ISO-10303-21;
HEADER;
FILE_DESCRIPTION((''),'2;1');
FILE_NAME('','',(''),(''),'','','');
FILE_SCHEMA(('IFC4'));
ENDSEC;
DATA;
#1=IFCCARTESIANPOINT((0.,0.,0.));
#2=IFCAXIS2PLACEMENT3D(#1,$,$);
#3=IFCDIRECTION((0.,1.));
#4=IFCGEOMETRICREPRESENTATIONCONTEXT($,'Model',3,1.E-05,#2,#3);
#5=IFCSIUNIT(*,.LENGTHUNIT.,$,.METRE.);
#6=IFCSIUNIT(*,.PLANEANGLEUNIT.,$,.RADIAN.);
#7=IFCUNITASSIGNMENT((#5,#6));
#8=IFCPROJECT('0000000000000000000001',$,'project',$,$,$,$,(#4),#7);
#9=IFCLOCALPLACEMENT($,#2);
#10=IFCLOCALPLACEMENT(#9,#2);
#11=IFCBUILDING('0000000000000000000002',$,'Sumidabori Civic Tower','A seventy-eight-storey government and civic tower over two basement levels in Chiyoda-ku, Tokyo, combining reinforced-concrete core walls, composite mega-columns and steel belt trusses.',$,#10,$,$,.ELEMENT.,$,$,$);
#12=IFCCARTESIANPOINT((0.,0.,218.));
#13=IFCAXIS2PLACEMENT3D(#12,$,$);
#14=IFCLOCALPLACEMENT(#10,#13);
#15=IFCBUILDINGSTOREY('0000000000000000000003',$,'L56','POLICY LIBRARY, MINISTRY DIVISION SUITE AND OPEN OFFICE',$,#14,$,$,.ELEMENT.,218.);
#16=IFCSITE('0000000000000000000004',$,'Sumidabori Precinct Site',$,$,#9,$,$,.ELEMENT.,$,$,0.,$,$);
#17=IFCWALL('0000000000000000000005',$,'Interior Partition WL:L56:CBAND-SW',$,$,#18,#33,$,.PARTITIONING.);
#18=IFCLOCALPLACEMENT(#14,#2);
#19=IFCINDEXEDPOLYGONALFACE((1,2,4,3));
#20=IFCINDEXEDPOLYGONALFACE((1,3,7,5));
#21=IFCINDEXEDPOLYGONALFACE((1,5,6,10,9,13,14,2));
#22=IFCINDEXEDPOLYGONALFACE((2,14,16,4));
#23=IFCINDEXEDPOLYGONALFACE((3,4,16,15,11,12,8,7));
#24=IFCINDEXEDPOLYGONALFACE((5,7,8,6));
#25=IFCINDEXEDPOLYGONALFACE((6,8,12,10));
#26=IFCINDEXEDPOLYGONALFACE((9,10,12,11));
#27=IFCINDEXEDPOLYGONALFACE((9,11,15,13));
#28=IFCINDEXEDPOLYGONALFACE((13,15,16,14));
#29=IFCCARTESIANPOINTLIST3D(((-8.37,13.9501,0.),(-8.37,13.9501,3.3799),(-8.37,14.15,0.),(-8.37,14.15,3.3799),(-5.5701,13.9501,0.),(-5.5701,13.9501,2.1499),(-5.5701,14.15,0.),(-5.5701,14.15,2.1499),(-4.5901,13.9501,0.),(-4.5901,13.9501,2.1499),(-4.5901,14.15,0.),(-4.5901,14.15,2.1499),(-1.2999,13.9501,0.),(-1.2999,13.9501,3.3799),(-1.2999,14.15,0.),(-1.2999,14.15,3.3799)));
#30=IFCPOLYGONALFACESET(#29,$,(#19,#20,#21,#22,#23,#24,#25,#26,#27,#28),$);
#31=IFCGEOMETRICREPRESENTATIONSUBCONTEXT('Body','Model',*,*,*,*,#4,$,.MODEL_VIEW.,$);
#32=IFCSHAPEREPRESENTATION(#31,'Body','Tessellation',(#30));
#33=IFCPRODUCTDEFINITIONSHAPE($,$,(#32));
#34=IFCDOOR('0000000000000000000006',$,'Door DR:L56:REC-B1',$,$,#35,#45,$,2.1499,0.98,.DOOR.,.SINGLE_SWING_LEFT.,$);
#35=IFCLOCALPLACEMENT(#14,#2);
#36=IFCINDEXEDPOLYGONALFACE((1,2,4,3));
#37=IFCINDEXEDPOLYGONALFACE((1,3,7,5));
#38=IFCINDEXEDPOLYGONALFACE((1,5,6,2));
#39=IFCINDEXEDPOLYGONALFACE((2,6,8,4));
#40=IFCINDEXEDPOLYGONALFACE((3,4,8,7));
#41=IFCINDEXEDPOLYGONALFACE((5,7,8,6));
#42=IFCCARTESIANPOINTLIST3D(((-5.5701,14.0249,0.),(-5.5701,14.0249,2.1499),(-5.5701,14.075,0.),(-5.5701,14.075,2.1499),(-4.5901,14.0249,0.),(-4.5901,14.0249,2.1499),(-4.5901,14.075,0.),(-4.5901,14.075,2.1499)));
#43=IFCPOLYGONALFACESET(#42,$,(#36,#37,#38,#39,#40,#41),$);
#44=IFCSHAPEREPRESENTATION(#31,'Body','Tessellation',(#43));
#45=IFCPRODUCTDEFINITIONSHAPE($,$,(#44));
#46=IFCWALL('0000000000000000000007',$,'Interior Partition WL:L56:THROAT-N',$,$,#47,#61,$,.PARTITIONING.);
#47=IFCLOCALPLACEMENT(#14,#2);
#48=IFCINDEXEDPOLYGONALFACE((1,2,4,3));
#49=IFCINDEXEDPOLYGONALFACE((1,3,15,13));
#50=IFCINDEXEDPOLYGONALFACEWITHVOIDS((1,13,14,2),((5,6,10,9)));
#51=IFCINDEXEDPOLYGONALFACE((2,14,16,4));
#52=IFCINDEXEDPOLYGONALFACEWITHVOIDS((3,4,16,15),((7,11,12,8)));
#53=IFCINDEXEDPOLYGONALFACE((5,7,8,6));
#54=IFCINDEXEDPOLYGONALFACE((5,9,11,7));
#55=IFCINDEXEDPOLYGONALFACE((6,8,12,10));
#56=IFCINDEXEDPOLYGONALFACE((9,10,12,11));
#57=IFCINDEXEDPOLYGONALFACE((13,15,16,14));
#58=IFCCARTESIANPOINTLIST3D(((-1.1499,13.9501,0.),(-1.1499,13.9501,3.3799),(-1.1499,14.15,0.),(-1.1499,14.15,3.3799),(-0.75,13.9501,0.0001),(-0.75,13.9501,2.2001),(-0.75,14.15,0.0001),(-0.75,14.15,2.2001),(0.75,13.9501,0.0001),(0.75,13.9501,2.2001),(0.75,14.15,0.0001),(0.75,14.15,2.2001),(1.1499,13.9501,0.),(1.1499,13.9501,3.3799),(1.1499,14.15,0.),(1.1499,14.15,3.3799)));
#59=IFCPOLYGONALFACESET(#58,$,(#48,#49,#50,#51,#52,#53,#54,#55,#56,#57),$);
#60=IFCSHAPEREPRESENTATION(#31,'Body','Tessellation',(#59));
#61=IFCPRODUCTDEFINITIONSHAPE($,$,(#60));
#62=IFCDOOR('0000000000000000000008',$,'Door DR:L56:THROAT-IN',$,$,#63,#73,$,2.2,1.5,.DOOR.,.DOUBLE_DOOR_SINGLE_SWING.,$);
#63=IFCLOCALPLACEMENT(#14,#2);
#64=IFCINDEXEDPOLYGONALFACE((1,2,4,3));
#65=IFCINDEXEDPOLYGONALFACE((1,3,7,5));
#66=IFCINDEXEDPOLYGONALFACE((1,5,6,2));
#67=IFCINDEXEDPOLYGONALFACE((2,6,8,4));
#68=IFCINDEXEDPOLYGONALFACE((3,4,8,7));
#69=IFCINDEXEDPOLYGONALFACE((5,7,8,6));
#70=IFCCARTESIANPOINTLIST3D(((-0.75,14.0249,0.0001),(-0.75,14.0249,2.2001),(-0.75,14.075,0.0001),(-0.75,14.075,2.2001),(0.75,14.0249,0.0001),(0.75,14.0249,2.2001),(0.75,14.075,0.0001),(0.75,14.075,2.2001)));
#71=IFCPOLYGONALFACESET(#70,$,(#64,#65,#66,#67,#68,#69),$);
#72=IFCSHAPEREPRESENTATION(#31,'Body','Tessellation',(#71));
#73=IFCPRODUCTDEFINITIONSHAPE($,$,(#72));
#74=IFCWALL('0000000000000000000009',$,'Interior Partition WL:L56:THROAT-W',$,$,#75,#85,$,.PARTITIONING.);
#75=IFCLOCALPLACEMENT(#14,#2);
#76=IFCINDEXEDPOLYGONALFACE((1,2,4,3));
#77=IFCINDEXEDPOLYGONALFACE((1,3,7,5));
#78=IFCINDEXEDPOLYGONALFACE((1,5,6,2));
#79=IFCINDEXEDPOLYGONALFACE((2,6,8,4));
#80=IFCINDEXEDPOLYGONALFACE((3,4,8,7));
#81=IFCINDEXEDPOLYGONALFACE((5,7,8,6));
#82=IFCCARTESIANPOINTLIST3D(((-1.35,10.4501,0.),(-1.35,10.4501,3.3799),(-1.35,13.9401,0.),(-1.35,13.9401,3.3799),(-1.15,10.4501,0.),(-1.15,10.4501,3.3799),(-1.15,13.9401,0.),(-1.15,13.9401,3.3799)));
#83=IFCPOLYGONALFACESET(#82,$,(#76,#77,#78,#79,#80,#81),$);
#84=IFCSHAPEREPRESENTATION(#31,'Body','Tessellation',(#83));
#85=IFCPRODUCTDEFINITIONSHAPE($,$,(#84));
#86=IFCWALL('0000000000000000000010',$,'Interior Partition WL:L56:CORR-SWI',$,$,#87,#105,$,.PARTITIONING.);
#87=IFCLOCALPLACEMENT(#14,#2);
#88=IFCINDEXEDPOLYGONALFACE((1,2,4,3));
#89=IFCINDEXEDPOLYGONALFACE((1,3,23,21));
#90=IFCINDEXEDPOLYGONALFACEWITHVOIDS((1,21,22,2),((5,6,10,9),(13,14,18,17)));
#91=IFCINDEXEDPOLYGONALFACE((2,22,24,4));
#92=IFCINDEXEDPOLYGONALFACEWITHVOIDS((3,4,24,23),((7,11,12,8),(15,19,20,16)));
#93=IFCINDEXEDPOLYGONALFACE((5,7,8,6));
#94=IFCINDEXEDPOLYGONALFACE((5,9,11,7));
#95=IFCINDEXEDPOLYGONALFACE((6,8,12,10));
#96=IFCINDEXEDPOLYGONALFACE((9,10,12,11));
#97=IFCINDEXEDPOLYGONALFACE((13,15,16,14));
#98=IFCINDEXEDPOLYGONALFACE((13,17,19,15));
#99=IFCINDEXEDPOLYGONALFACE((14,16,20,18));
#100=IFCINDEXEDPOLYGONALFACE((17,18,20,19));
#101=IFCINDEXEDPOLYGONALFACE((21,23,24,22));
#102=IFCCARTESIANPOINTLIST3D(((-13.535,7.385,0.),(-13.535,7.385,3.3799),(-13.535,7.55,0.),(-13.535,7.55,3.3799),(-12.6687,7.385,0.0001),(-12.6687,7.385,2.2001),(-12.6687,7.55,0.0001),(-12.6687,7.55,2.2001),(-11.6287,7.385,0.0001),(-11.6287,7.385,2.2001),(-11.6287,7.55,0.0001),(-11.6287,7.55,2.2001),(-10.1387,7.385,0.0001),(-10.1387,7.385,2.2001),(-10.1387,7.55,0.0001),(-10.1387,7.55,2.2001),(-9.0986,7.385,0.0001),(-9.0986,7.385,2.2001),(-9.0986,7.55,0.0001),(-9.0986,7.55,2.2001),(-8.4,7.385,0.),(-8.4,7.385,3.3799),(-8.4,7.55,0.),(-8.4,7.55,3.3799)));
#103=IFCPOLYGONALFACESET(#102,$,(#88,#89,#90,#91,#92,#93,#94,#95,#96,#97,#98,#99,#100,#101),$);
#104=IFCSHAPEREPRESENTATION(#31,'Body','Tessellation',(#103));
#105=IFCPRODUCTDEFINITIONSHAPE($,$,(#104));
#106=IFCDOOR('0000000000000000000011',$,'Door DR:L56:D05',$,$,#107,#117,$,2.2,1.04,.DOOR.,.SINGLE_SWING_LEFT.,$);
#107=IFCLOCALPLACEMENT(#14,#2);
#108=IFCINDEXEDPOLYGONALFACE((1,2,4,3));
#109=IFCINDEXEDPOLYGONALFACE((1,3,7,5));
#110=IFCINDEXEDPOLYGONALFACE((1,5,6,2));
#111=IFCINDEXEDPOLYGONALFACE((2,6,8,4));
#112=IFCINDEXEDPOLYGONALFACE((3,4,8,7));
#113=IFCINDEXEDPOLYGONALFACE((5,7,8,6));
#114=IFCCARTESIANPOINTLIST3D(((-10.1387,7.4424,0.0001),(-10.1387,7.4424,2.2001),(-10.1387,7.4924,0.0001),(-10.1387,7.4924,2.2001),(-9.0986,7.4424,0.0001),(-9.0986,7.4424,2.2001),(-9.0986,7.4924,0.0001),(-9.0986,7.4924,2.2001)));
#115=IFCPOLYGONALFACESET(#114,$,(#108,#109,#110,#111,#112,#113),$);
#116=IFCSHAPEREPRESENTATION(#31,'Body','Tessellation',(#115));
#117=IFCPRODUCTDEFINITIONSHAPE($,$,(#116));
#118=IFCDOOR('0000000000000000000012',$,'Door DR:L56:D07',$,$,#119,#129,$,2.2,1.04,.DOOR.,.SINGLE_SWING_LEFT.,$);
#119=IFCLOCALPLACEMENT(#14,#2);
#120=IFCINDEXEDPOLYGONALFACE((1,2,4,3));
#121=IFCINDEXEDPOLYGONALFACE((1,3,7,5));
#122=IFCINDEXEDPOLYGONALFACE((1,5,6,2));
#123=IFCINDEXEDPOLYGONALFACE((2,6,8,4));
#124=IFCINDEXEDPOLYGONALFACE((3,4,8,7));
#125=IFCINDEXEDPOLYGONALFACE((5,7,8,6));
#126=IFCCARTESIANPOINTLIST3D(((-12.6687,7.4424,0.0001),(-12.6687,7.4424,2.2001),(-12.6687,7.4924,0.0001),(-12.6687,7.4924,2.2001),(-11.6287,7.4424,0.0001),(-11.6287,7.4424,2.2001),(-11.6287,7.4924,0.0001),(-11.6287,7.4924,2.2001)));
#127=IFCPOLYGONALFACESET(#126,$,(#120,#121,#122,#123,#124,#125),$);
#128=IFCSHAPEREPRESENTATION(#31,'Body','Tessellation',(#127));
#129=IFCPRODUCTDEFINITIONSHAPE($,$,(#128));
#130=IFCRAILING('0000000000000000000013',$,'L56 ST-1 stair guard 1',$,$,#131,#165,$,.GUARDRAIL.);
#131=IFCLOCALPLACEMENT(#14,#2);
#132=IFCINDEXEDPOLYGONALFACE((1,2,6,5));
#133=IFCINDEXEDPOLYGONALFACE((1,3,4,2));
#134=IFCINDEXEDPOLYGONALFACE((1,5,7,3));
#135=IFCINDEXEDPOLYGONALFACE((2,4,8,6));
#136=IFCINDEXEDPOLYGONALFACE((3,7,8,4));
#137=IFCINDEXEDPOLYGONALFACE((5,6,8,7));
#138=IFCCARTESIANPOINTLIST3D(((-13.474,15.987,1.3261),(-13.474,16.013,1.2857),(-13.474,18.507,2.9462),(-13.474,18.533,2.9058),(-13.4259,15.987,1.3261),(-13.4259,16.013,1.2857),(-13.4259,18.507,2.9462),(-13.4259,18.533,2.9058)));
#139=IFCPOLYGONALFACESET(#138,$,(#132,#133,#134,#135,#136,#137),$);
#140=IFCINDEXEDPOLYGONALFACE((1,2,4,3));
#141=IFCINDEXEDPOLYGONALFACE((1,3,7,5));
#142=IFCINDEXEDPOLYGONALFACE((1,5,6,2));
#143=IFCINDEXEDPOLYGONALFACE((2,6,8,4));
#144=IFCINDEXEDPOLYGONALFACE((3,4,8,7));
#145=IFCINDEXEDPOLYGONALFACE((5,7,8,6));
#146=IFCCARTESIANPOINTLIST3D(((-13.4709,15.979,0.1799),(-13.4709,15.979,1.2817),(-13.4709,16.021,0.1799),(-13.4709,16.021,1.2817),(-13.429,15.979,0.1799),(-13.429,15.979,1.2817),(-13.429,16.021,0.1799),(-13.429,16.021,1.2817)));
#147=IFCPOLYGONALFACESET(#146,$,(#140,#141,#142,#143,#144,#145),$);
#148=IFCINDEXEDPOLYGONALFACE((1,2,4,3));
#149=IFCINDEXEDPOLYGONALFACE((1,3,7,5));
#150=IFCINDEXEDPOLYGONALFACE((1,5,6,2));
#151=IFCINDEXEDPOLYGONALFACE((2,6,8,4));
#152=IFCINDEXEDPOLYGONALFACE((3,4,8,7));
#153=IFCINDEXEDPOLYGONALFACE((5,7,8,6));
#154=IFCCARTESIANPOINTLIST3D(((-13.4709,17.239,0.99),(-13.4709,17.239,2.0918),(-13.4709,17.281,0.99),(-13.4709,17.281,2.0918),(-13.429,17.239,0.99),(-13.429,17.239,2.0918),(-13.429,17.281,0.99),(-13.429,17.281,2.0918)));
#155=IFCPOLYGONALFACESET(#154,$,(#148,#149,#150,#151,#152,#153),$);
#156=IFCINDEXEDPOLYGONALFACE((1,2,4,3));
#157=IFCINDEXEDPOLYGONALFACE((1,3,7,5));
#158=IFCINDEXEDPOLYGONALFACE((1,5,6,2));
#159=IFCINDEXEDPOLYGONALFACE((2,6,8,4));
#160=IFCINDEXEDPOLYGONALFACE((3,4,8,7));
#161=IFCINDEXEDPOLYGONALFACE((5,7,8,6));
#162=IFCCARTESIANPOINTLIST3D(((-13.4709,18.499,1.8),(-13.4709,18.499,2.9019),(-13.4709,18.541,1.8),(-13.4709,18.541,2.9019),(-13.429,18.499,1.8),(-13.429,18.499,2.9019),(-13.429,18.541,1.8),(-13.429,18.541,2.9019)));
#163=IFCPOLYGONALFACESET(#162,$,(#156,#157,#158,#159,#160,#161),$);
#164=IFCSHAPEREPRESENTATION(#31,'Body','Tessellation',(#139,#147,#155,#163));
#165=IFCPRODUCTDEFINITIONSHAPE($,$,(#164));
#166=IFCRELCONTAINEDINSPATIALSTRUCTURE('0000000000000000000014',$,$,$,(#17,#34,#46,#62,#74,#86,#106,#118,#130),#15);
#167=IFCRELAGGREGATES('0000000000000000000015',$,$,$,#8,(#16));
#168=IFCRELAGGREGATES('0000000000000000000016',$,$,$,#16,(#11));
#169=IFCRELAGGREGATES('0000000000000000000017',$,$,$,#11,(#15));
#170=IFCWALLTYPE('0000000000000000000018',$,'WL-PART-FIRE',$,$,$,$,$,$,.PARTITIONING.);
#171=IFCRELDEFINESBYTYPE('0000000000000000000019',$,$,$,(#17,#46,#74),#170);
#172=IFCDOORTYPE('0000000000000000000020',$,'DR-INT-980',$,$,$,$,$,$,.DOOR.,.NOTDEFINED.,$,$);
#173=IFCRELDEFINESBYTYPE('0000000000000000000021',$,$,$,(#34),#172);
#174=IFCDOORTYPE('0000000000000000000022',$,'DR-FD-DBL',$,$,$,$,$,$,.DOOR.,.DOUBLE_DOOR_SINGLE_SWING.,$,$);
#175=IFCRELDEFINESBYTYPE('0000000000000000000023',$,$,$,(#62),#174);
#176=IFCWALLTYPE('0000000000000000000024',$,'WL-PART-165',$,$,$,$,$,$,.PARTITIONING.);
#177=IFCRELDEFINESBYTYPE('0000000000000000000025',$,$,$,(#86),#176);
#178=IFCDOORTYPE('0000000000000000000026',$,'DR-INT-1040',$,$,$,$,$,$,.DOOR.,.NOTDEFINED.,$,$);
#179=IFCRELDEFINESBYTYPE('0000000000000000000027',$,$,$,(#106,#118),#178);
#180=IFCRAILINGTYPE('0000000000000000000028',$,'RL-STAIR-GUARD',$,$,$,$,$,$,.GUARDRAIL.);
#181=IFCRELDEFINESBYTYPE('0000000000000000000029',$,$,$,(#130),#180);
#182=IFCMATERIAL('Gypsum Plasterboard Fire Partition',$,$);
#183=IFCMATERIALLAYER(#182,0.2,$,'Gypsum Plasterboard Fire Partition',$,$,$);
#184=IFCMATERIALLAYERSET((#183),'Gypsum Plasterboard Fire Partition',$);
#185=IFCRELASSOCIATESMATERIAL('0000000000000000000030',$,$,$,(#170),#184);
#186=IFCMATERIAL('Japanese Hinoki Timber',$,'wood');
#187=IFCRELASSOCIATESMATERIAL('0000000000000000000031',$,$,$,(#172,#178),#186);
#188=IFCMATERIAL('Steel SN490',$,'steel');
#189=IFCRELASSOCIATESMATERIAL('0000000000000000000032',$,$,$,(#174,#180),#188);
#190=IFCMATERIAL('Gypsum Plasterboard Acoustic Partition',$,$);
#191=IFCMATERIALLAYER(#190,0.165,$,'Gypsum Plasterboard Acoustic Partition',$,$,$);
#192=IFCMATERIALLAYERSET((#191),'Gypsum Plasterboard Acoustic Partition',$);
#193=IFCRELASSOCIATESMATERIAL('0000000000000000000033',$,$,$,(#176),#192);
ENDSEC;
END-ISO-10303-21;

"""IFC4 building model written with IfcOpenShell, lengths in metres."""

from ifc_helpers import new_model, si_unit, direction, frame, frame_2d, origin, origin_2d, place, context, subcontext, project, spatial, rectangle, extrude, source, transform, mapped, material, layer, layer_set, type_object, element, fill, save


model = new_model("IFC4")

# Units and contexts
model_context = context("Model", 3, precision=1e-05, world=origin(), true_north=direction((0.0, 1.0)))
body_context = subcontext(model_context, "Body", "Model", "MODEL_VIEW")
ifc_project = project(units=[si_unit("LENGTHUNIT", "METRE"), si_unit("PLANEANGLEUNIT", "RADIAN")], contexts=[model_context])

# Site, building, storey
site_placement = place(None, origin())
site = spatial("IfcSite", under=ifc_project, at=site_placement, Name="Sumidabori Precinct Site", CompositionType="ELEMENT", RefElevation=0.0)
building_placement = place(site_placement, origin())
building = spatial("IfcBuilding", under=site, at=building_placement, Name="Sumidabori Civic Tower", Description="A seventy-eight-storey government and civic tower over two basement levels in Chiyoda-ku, Tokyo, combining reinforced-concrete core walls, composite mega-columns and steel belt trusses.", CompositionType="ELEMENT")
storey_placement = place(building_placement, frame((0.0, 0.0, 218.0)))
storey = spatial("IfcBuildingStorey", under=building, at=storey_placement, Name="L56", Description="POLICY LIBRARY, MINISTRY DIVISION SUITE AND OPEN OFFICE", CompositionType="ELEMENT", Elevation=218.0)

# Walls, openings, doors
ifc_material_1 = material(Name="Gypsum Plasterboard Fire Partition")
ifc_layer_1 = layer(ifc_material_1, 0.2, Name="Gypsum Plasterboard Fire Partition")
ifc_layer_set_1 = layer_set([ifc_layer_1], Name="Gypsum Plasterboard Fire Partition")
wall_type_1 = type_object("IfcWallType", Name="WL-PART-FIRE", PredefinedType="PARTITIONING", material=ifc_layer_set_1)
shared_shape_1 = source(origin(), body_context, "Body", "SweptSolid", [
    extrude(rectangle(XDim=7.0701, YDim=0.2, at=frame_2d((3.5352, 0.0))), origin(), (0.0, 0.0, 1.0), 3.3799),
])
wall_1_placement = place(storey_placement, frame((-8.3701, 14.05, 0.0), z_axis=(0.0, 0.0, 1.0), x_axis=(1.0, 0.0, 0.0)))
wall_1 = element("IfcWall", 1, at=wall_1_placement, inside=storey, type_object=wall_type_1, Name="Interior Partition WL:L56:CBAND-SW", PredefinedType="PARTITIONING", context=body_context, shape_type="MappedRepresentation", body=[
    mapped(shared_shape_1, transform((0.0, 0.0, 0.0), x_axis=(1.0, 0.0, 0.0), y_axis=(0.0, 1.0, 0.0), z_axis=(0.0, 0.0, 1.0), scale=1.0)),
])
opening_1_placement = place(wall_1_placement, frame((2.8, 0.0, 0.0)))
opening_1 = element("IfcOpeningElement", 2, at=opening_1_placement, cuts=wall_1, PredefinedType="OPENING", context=body_context, shape_type="SweptSolid", body=[
    extrude(rectangle(XDim=0.98, YDim=2.1499, at=frame_2d((0.49, 1.075))), frame((0.0, 0.1118, 0.0), z_axis=(0.0, -1.0, 0.0), x_axis=(1.0, 0.0, 0.0)), (0.0, 0.0, 1.0), 0.2239),
])
ifc_material_2 = material(Name="Japanese Hinoki Timber", Category="wood")
door_type_1 = type_object("IfcDoorType", Name="DR-INT-980", OperationType="NOTDEFINED", PredefinedType="DOOR", material=ifc_material_2)
shared_shape_2 = source(origin(), body_context, "Body", "SweptSolid", [
    extrude(rectangle(XDim=0.98, YDim=2.1499, at=frame_2d((0.49, 1.075))), frame((0.0, 0.0249, 0.0), z_axis=(0.0, -1.0, 0.0), x_axis=(1.0, 0.0, 0.0)), (0.0, 0.0, 1.0), 0.05),
])
door_1_placement = place(opening_1_placement, origin())
door_1 = element("IfcDoor", 3, at=door_1_placement, inside=storey, type_object=door_type_1, Name="Door DR:L56:REC-B1", OperationType="SINGLE_SWING_LEFT", OverallHeight=2.1499, OverallWidth=0.98, PredefinedType="DOOR", context=body_context, shape_type="MappedRepresentation", body=[
    mapped(shared_shape_2, transform((0.0, 0.0, 0.0), x_axis=(1.0, 0.0, 0.0), y_axis=(0.0, 1.0, 0.0), z_axis=(0.0, 0.0, 1.0), scale=1.0)),
])
fill(opening_1, door_1)
shared_shape_3 = source(origin(), body_context, "Body", "SweptSolid", [
    extrude(rectangle(XDim=2.2998, YDim=0.2, at=frame_2d((1.1499, 0.0))), origin(), (0.0, 0.0, 1.0), 3.3799),
])
wall_2_placement = place(storey_placement, frame((-1.1499, 14.05, 0.0), z_axis=(0.0, 0.0, 1.0), x_axis=(1.0, 0.0, 0.0)))
wall_2 = element("IfcWall", 4, at=wall_2_placement, inside=storey, type_object=wall_type_1, Name="Interior Partition WL:L56:THROAT-N", PredefinedType="PARTITIONING", context=body_context, shape_type="MappedRepresentation", body=[
    mapped(shared_shape_3, transform((0.0, 0.0, 0.0), x_axis=(1.0, 0.0, 0.0), y_axis=(0.0, 1.0, 0.0), z_axis=(0.0, 0.0, 1.0), scale=1.0)),
])
opening_2_placement = place(wall_2_placement, frame((0.3999, 0.0, 0.0)))
opening_2 = element("IfcOpeningElement", 5, at=opening_2_placement, cuts=wall_2, PredefinedType="OPENING", context=body_context, shape_type="SweptSolid", body=[
    extrude(rectangle(XDim=1.5, YDim=2.2, at=frame_2d((0.75, 1.1001))), frame((0.0, 0.1118, 0.0), z_axis=(0.0, -1.0, 0.0), x_axis=(1.0, 0.0, 0.0)), (0.0, 0.0, 1.0), 0.2239),
])
ifc_material_3 = material(Name="Steel SN490", Category="steel")
door_type_2 = type_object("IfcDoorType", Name="DR-FD-DBL", OperationType="DOUBLE_DOOR_SINGLE_SWING", PredefinedType="DOOR", material=ifc_material_3)
shared_shape_4 = source(origin(), body_context, "Body", "SweptSolid", [
    extrude(rectangle(XDim=1.5, YDim=2.2, at=frame_2d((0.75, 1.1001))), frame((0.0, 0.0249, 0.0), z_axis=(0.0, -1.0, 0.0), x_axis=(1.0, 0.0, 0.0)), (0.0, 0.0, 1.0), 0.05),
])
door_2_placement = place(opening_2_placement, origin())
door_2 = element("IfcDoor", 6, at=door_2_placement, inside=storey, type_object=door_type_2, Name="Door DR:L56:THROAT-IN", OperationType="DOUBLE_DOOR_SINGLE_SWING", OverallHeight=2.2, OverallWidth=1.5, PredefinedType="DOOR", context=body_context, shape_type="MappedRepresentation", body=[
    mapped(shared_shape_4, transform((0.0, 0.0, 0.0), x_axis=(1.0, 0.0, 0.0), y_axis=(0.0, 1.0, 0.0), z_axis=(0.0, 0.0, 1.0), scale=1.0)),
])
fill(opening_2, door_2)

# Wall
shared_shape_5 = source(origin(), body_context, "Body", "SweptSolid", [
    extrude(rectangle(XDim=3.49, YDim=0.2, at=frame_2d((1.7451, 0.0))), origin(), (0.0, 0.0, 1.0), 3.3799),
])
wall_3_placement = place(storey_placement, frame((-1.25, 10.45, 0.0), z_axis=(0.0, 0.0, 1.0), x_axis=(0.0, 1.0, 0.0)))
element("IfcWall", 7, at=wall_3_placement, inside=storey, type_object=wall_type_1, Name="Interior Partition WL:L56:THROAT-W", PredefinedType="PARTITIONING", context=body_context, shape_type="MappedRepresentation", body=[
    mapped(shared_shape_5, transform((0.0, 0.0, 0.0), x_axis=(1.0, 0.0, 0.0), y_axis=(0.0, 1.0, 0.0), z_axis=(0.0, 0.0, 1.0), scale=1.0)),
])

# Wall, openings, doors
ifc_material_4 = material(Name="Gypsum Plasterboard Acoustic Partition")
ifc_layer_2 = layer(ifc_material_4, 0.165, Name="Gypsum Plasterboard Acoustic Partition")
ifc_layer_set_2 = layer_set([ifc_layer_2], Name="Gypsum Plasterboard Acoustic Partition")
wall_type_2 = type_object("IfcWallType", Name="WL-PART-165", PredefinedType="PARTITIONING", material=ifc_layer_set_2)
shared_shape_6 = source(origin(), body_context, "Body", "SweptSolid", [
    extrude(rectangle(XDim=5.135, YDim=0.165, at=frame_2d((2.5674, 0.0))), origin(), (0.0, 0.0, 1.0), 3.3799),
])
wall_4_placement = place(storey_placement, frame((-13.5349, 7.4675, 0.0), z_axis=(0.0, 0.0, 1.0), x_axis=(1.0, 0.0, 0.0)))
wall_4 = element("IfcWall", 8, at=wall_4_placement, inside=storey, type_object=wall_type_2, Name="Interior Partition WL:L56:CORR-SWI", PredefinedType="PARTITIONING", context=body_context, shape_type="MappedRepresentation", body=[
    mapped(shared_shape_6, transform((0.0, 0.0, 0.0), x_axis=(1.0, 0.0, 0.0), y_axis=(0.0, 1.0, 0.0), z_axis=(0.0, 0.0, 1.0), scale=1.0)),
])
opening_3_placement = place(wall_4_placement, frame((3.3962, 0.0, 0.0)))
opening_3 = element("IfcOpeningElement", 9, at=opening_3_placement, cuts=wall_4, PredefinedType="OPENING", context=body_context, shape_type="SweptSolid", body=[
    extrude(rectangle(XDim=1.04, YDim=2.2, at=frame_2d((0.52, 1.1001))), frame((0.0, 0.0945, 0.0), z_axis=(0.0, -1.0, 0.0), x_axis=(1.0, 0.0, 0.0)), (0.0, 0.0, 1.0), 0.189),
])
opening_4_placement = place(wall_4_placement, frame((0.8662, 0.0, 0.0)))
opening_4 = element("IfcOpeningElement", 10, at=opening_4_placement, cuts=wall_4, PredefinedType="OPENING", context=body_context, shape_type="SweptSolid", body=[
    extrude(rectangle(XDim=1.04, YDim=2.2, at=frame_2d((0.52, 1.1001))), frame((0.0, 0.0945, 0.0), z_axis=(0.0, -1.0, 0.0), x_axis=(1.0, 0.0, 0.0)), (0.0, 0.0, 1.0), 0.189),
])
door_type_3 = type_object("IfcDoorType", Name="DR-INT-1040", OperationType="NOTDEFINED", PredefinedType="DOOR", material=ifc_material_2)
shared_shape_7 = source(origin(), body_context, "Body", "SweptSolid", [
    extrude(rectangle(XDim=1.04, YDim=2.2, at=frame_2d((0.52, 1.1001))), frame((0.0, 0.0249, 0.0), z_axis=(0.0, -1.0, 0.0), x_axis=(1.0, 0.0, 0.0)), (0.0, 0.0, 1.0), 0.05),
])
door_3_placement = place(opening_3_placement, origin())
door_3 = element("IfcDoor", 11, at=door_3_placement, inside=storey, type_object=door_type_3, Name="Door DR:L56:D05", OperationType="SINGLE_SWING_LEFT", OverallHeight=2.2, OverallWidth=1.04, PredefinedType="DOOR", context=body_context, shape_type="MappedRepresentation", body=[
    mapped(shared_shape_7, transform((0.0, 0.0, 0.0), x_axis=(1.0, 0.0, 0.0), y_axis=(0.0, 1.0, 0.0), z_axis=(0.0, 0.0, 1.0), scale=1.0)),
])
fill(opening_3, door_3)
door_4_placement = place(opening_4_placement, origin())
door_4 = element("IfcDoor", 12, at=door_4_placement, inside=storey, type_object=door_type_3, Name="Door DR:L56:D07", OperationType="SINGLE_SWING_LEFT", OverallHeight=2.2, OverallWidth=1.04, PredefinedType="DOOR", context=body_context, shape_type="MappedRepresentation", body=[
    mapped(shared_shape_7, transform((0.0, 0.0, 0.0), x_axis=(1.0, 0.0, 0.0), y_axis=(0.0, 1.0, 0.0), z_axis=(0.0, 0.0, 1.0), scale=1.0)),
])
fill(opening_4, door_4)

# Railing
railing_type = type_object("IfcRailingType", Name="RL-STAIR-GUARD", PredefinedType="GUARDRAIL", material=ifc_material_3)
railing_1_placement = place(storey_placement, frame((-13.45, 16.0, 0.1799)))
element("IfcRailing", 13, at=railing_1_placement, inside=storey, type_object=railing_type, Name="L56 ST-1 stair guard 1", PredefinedType="GUARDRAIL", context=body_context, shape_type="SweptSolid", body=[
    extrude(rectangle(XDim=0.0481, YDim=0.0481, at=origin_2d()), frame((0.0, 0.0, 1.126), z_axis=(0.0, 0.841163, 0.540782), x_axis=(-1.0, 0.0, 0.0)), (0.0, 0.0, 1.0), 2.9958),
    extrude(rectangle(XDim=0.042, YDim=0.042, at=origin_2d()), origin(), (0.0, 0.0, 1.0), 1.1018),
    extrude(rectangle(XDim=0.042, YDim=0.042, at=origin_2d()), frame((0.0, 1.26, 0.8101)), (0.0, 0.0, 1.0), 1.1018),
    extrude(rectangle(XDim=0.042, YDim=0.042, at=origin_2d()), frame((0.0, 2.52, 1.6201)), (0.0, 0.0, 1.0), 1.1018),
])

save(model, "model.ifc")
